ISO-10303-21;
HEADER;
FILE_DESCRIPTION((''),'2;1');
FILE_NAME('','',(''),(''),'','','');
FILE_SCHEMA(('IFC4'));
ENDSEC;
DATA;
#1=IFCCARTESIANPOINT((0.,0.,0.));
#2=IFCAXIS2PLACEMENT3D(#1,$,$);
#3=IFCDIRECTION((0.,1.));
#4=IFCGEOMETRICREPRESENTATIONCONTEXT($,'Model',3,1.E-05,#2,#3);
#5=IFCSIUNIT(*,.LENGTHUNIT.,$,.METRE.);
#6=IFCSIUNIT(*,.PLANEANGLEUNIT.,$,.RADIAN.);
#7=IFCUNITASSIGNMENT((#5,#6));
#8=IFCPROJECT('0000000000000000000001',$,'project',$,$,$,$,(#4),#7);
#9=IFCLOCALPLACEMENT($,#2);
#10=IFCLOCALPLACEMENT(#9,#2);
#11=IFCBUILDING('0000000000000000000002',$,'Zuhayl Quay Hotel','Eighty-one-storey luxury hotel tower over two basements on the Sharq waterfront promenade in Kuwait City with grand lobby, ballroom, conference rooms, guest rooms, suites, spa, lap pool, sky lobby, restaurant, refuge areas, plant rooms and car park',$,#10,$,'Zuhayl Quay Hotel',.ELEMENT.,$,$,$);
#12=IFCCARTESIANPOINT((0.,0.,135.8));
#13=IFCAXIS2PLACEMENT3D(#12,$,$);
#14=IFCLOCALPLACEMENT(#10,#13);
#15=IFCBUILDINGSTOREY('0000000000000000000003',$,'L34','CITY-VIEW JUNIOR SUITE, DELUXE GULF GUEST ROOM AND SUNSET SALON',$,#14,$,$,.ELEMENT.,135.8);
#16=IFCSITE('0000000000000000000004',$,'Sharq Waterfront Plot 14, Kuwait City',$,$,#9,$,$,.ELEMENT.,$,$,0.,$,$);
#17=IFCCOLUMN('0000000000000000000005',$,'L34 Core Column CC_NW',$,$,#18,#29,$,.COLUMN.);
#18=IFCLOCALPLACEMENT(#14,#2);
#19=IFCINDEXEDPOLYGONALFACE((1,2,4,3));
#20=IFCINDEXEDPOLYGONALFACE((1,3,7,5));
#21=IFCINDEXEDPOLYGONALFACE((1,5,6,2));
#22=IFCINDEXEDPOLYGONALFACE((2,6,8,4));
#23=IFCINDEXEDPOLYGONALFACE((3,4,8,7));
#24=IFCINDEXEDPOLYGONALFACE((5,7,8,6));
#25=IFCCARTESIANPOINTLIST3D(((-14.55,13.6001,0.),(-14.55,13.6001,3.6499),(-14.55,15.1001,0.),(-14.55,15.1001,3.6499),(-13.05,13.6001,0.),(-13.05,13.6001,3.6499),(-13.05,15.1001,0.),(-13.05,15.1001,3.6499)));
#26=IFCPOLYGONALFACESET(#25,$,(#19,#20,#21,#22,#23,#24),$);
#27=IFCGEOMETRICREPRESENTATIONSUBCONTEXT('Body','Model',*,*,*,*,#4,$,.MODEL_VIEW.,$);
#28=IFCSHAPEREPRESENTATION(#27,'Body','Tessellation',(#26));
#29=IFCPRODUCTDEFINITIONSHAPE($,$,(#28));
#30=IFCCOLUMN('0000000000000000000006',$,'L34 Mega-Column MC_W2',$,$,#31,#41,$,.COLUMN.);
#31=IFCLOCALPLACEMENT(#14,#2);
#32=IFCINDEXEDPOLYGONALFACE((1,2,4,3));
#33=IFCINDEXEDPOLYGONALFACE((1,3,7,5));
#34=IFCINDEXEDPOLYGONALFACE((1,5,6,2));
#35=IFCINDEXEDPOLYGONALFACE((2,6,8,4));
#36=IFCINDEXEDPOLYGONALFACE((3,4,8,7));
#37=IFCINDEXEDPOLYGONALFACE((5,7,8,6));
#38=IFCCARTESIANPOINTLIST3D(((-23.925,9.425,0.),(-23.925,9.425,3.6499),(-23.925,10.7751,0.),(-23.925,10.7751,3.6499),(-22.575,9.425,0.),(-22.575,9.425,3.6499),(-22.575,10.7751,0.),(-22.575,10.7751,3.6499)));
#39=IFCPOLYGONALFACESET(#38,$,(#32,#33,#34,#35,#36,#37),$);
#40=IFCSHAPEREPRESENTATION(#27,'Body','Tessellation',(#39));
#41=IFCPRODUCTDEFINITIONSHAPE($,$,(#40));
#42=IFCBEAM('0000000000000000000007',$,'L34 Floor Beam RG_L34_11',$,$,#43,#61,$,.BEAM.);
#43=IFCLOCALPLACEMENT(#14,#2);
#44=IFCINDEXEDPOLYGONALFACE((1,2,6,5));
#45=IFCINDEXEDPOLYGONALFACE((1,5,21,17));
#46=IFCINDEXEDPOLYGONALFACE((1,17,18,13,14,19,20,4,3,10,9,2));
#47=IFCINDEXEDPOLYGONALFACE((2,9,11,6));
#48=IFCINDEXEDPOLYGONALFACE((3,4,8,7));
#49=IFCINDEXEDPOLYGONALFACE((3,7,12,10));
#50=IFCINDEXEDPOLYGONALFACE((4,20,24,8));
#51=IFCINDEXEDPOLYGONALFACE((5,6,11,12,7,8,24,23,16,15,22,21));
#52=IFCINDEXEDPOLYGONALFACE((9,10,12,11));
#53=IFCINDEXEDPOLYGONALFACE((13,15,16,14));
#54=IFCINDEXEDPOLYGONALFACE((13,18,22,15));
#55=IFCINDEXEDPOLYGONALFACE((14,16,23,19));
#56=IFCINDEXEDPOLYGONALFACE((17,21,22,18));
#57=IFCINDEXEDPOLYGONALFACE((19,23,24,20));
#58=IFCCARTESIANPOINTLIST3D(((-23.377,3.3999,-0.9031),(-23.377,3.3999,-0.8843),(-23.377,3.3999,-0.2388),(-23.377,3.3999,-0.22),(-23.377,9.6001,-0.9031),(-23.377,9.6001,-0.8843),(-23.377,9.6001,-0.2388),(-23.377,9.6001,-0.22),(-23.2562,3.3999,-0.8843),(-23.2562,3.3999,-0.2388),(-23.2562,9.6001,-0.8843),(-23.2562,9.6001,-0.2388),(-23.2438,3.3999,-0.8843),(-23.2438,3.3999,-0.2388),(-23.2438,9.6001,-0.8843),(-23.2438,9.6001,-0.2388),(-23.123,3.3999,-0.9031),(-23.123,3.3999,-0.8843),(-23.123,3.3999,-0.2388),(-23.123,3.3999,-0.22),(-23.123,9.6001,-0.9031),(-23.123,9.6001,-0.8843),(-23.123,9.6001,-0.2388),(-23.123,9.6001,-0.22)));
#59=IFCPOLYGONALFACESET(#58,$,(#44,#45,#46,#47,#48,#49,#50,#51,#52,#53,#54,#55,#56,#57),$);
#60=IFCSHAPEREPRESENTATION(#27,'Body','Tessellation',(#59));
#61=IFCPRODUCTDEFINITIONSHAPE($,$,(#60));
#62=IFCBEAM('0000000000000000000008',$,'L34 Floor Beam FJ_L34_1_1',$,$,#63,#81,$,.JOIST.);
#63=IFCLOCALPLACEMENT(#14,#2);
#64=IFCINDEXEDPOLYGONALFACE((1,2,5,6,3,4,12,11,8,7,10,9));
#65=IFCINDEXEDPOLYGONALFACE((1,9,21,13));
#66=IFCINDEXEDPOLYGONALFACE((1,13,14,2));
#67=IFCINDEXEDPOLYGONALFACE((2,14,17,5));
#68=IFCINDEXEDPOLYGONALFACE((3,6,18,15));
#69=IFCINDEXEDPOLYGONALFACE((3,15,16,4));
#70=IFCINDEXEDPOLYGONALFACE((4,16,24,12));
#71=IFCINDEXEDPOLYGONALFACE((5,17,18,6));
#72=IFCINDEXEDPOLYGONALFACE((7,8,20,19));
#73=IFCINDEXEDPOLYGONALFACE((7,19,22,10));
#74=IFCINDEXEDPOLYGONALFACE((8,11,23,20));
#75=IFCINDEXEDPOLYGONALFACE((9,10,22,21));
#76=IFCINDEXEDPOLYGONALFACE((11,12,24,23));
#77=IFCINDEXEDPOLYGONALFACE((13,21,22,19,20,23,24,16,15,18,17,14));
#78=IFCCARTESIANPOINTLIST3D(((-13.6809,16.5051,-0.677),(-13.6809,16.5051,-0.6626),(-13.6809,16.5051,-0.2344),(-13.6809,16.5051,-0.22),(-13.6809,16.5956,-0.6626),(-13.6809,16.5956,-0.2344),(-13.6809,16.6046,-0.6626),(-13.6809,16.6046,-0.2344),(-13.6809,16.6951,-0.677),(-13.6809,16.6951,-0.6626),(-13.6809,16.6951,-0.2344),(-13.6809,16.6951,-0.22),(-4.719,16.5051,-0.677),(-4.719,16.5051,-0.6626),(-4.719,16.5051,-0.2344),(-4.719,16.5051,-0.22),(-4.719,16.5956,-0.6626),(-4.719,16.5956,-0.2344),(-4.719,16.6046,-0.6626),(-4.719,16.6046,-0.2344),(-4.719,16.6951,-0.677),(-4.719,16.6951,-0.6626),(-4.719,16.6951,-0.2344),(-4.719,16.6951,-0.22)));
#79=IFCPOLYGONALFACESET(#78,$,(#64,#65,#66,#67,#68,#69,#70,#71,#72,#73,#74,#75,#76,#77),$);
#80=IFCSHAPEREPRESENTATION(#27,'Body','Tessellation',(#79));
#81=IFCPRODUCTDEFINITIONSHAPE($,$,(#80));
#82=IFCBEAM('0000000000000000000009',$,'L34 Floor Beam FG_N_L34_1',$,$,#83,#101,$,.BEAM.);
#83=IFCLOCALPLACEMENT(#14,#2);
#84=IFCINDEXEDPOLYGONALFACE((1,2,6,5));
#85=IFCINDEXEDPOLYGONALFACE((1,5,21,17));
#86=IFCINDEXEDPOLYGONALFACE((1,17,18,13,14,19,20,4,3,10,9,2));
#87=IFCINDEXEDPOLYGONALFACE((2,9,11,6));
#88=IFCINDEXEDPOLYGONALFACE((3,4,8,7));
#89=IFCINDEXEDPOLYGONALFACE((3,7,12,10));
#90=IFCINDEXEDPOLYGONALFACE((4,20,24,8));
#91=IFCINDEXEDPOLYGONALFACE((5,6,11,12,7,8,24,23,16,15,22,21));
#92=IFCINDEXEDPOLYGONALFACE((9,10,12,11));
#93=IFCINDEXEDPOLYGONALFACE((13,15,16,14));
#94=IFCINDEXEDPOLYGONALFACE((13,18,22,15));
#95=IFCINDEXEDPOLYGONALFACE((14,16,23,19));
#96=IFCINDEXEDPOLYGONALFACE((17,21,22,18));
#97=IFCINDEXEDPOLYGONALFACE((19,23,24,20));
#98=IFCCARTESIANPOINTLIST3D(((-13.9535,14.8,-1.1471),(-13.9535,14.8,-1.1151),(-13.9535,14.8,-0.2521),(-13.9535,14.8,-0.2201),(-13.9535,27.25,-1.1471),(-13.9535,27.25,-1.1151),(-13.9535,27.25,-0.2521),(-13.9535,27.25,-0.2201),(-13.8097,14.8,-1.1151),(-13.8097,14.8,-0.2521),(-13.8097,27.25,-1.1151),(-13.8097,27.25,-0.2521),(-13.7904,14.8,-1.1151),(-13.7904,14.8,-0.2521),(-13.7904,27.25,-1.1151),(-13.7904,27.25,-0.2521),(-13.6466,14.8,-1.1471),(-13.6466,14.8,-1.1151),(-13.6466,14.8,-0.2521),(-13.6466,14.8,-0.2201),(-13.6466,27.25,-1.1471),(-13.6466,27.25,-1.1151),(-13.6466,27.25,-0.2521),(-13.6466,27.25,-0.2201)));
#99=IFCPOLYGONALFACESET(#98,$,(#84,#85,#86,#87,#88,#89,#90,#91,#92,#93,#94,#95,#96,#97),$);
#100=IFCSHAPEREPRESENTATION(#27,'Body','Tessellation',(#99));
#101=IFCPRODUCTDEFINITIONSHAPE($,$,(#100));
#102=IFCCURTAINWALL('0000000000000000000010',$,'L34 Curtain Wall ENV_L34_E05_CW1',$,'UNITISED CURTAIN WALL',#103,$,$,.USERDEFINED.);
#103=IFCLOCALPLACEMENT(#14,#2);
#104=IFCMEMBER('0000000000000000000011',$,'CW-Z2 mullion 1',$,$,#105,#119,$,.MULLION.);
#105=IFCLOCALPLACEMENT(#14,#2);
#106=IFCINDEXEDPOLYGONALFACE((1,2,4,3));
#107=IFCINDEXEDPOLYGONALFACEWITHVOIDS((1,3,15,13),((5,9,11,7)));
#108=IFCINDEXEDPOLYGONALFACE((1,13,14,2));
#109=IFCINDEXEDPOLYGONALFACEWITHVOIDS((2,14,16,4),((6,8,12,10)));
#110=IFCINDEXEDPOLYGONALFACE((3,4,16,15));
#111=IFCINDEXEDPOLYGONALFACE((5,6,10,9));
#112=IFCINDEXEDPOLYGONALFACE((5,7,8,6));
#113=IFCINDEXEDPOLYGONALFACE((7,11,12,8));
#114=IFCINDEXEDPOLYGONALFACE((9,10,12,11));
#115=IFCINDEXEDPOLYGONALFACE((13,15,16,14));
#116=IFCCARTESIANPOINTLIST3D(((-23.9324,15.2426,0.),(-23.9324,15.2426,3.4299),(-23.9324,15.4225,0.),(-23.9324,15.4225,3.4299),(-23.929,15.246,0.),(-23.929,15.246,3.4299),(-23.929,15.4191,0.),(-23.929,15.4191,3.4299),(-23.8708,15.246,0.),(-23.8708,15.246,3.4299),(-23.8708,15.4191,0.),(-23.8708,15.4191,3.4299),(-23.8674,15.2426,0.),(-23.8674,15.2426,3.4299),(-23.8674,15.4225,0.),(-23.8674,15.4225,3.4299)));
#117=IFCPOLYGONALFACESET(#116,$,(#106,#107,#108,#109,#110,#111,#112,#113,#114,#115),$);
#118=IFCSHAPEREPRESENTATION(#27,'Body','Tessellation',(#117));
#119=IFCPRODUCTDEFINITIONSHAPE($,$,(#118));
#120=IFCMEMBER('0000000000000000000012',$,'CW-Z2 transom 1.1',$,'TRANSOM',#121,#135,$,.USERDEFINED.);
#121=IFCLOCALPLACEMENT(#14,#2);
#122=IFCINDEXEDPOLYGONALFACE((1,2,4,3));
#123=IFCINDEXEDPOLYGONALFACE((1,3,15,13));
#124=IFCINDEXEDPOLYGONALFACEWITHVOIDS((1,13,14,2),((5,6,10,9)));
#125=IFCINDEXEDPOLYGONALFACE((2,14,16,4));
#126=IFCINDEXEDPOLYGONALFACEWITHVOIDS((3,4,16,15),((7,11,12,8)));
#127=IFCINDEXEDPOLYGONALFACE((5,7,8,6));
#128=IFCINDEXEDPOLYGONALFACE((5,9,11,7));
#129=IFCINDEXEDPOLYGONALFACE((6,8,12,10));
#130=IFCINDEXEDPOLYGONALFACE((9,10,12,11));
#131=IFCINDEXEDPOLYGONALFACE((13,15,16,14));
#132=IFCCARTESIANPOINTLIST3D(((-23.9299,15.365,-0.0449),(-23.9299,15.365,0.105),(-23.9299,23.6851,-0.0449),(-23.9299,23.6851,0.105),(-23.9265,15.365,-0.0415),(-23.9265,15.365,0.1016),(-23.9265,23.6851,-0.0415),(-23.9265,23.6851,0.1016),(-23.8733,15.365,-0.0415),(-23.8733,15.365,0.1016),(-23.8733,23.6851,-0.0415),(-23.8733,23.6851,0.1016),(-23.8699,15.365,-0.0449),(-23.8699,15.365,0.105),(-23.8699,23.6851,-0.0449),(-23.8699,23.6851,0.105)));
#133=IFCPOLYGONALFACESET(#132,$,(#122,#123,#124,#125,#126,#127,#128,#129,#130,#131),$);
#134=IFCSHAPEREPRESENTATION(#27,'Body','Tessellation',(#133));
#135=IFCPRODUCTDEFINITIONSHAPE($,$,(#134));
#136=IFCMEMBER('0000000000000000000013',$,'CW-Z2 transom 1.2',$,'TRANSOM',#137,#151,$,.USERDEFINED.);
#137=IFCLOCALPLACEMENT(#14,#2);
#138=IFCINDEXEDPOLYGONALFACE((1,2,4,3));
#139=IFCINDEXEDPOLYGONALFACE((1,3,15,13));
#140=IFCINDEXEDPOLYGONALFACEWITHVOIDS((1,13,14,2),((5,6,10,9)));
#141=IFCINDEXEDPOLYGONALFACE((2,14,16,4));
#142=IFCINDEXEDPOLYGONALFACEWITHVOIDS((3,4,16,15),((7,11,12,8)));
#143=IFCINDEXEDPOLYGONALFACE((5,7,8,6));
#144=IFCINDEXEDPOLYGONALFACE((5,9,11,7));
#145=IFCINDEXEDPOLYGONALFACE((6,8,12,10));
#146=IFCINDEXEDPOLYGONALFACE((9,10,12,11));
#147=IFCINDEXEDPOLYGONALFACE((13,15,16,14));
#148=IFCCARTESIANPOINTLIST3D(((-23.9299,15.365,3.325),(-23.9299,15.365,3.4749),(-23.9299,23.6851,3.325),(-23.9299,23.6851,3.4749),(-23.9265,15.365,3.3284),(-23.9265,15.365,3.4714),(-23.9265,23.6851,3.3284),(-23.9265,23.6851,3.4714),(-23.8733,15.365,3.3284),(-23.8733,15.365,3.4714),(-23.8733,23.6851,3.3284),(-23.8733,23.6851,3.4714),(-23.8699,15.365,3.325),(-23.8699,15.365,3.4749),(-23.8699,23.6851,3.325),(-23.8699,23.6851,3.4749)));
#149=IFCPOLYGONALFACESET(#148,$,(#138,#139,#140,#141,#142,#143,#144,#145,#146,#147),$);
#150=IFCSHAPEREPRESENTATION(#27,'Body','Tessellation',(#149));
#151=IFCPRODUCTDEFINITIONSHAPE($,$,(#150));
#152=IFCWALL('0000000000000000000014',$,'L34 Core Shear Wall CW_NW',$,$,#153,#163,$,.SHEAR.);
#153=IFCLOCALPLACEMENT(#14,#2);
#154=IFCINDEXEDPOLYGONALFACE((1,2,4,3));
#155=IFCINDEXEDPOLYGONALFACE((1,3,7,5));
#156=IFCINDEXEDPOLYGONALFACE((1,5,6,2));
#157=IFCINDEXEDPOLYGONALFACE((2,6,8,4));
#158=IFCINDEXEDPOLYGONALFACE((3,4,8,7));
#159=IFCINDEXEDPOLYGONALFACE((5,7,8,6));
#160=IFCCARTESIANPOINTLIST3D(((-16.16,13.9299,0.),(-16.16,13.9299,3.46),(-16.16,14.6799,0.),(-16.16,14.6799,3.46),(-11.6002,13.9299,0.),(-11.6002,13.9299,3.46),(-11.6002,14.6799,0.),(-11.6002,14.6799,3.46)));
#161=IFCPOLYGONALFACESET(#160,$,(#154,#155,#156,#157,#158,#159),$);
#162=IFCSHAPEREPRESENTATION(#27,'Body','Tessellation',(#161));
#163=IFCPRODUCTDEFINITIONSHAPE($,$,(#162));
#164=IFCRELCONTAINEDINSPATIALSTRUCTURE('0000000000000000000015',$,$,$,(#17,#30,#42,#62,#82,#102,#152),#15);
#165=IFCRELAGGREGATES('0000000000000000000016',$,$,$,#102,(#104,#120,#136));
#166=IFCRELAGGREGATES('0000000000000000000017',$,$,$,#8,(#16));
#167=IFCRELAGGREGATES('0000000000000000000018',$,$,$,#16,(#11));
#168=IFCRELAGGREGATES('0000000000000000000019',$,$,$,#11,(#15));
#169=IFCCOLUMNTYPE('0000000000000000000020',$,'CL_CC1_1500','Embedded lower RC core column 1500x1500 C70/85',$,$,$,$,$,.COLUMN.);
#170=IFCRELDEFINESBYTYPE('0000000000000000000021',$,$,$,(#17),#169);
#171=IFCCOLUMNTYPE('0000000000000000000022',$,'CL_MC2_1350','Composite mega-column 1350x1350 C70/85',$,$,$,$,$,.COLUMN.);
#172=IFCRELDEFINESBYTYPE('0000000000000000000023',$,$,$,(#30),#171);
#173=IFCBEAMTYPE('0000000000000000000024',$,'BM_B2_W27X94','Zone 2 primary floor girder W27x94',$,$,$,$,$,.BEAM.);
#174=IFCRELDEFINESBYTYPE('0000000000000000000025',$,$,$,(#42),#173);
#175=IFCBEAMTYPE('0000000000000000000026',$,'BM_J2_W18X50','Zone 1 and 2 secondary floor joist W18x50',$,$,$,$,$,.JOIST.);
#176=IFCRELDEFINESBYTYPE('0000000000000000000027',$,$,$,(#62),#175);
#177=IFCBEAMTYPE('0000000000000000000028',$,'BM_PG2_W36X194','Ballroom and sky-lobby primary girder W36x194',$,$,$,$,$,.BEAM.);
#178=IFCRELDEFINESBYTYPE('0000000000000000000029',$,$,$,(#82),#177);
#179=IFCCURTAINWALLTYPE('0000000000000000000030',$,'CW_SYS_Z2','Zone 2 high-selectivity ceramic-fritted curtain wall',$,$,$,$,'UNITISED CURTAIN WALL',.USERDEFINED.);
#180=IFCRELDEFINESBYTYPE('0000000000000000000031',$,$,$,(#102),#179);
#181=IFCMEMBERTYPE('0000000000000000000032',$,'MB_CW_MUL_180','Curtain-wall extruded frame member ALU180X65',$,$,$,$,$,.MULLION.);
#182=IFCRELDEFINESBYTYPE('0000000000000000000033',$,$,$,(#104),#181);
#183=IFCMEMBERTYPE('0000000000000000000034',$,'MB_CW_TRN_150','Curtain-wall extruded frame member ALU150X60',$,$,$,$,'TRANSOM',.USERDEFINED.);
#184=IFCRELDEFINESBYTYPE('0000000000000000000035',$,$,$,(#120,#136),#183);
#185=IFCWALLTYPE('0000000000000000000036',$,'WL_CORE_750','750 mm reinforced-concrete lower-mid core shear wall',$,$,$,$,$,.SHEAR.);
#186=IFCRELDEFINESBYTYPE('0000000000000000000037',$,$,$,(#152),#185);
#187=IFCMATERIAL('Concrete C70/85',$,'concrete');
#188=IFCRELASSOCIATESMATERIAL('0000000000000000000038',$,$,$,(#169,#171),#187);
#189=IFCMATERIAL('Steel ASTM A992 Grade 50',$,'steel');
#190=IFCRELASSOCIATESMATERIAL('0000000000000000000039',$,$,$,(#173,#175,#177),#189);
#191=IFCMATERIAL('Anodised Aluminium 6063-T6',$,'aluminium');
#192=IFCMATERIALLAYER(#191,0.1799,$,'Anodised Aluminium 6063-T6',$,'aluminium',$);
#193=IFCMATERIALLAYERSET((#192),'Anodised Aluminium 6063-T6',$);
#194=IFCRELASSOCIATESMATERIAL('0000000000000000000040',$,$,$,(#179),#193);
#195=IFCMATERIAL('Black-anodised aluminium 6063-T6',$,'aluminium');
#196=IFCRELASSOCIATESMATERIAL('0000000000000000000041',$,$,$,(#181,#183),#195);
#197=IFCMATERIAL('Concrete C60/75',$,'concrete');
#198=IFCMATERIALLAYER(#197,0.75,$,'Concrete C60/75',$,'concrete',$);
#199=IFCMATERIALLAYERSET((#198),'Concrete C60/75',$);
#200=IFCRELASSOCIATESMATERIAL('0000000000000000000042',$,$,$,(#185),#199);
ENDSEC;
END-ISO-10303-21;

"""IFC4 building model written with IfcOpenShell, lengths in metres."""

from ifc_helpers import new_model, si_unit, direction, frame, frame_2d, origin, origin_2d, place, context, subcontext, project, spatial, rectangle, hollow_rectangle, i_section, extrude, material, layer, layer_set, material_profile, profile_set, type_object, element, aggregate, save


model = new_model("IFC4")

# Units and contexts
model_context = context("Model", 3, precision=1e-05, world=origin(), true_north=direction((0.0, 1.0)))
body_context = subcontext(model_context, "Body", "Model", "MODEL_VIEW")
ifc_project = project(units=[si_unit("LENGTHUNIT", "METRE"), si_unit("PLANEANGLEUNIT", "RADIAN")], contexts=[model_context])

# Site, building, storey
site_placement = place(None, origin())
site = spatial("IfcSite", under=ifc_project, at=site_placement, Name="Sharq Waterfront Plot 14, Kuwait City", CompositionType="ELEMENT", RefElevation=0.0)
building_placement = place(site_placement, origin())
building = spatial("IfcBuilding", under=site, at=building_placement, Name="Zuhayl Quay Hotel", Description="Eighty-one-storey luxury hotel tower over two basements on the Sharq waterfront promenade in Kuwait City with grand lobby, ballroom, conference rooms, guest rooms, suites, spa, lap pool, sky lobby, restaurant, refuge areas, plant rooms and car park", LongName="Zuhayl Quay Hotel", CompositionType="ELEMENT")
storey_placement = place(building_placement, frame((0.0, 0.0, 135.8)))
storey = spatial("IfcBuildingStorey", under=building, at=storey_placement, Name="L34", Description="CITY-VIEW JUNIOR SUITE, DELUXE GULF GUEST ROOM AND SUNSET SALON", CompositionType="ELEMENT", Elevation=135.8)

# Columns
ifc_material_1 = material(Name="Concrete C70/85", Category="concrete")
ifc_material_profile_1 = material_profile(ifc_material_1, rectangle(XDim=1.5, YDim=1.5, at=origin_2d()), Name="RC1500X1500")
ifc_profile_set_1 = profile_set([ifc_material_profile_1], Name="Concrete C70/85")
column_type_1 = type_object("IfcColumnType", Name="CL_CC1_1500", Description="Embedded lower RC core column 1500x1500 C70/85", PredefinedType="COLUMN", material=ifc_profile_set_1)
column_1_placement = place(storey_placement, frame((-13.8, 14.3501, 0.0), z_axis=(0.0, 0.0, 1.0), x_axis=(1.0, 0.0, 0.0)))
element("IfcColumn", 1, at=column_1_placement, inside=storey, type_object=column_type_1, Name="L34 Core Column CC_NW", PredefinedType="COLUMN", context=body_context, shape_type="SweptSolid", body=[
    extrude(rectangle(XDim=1.5, YDim=1.5, at=origin_2d()), origin(), (0.0, 0.0, 1.0), 3.6499),
])
ifc_material_profile_2 = material_profile(ifc_material_1, rectangle(XDim=1.3501, YDim=1.3501, at=origin_2d()), Name="RC1350X1350")
ifc_profile_set_2 = profile_set([ifc_material_profile_2], Name="Concrete C70/85")
column_type_2 = type_object("IfcColumnType", Name="CL_MC2_1350", Description="Composite mega-column 1350x1350 C70/85", PredefinedType="COLUMN", material=ifc_profile_set_2)
column_2_placement = place(storey_placement, frame((-23.25, 10.1001, 0.0), z_axis=(0.0, 0.0, 1.0), x_axis=(1.0, 0.0, 0.0)))
element("IfcColumn", 2, at=column_2_placement, inside=storey, type_object=column_type_2, Name="L34 Mega-Column MC_W2", PredefinedType="COLUMN", context=body_context, shape_type="SweptSolid", body=[
    extrude(rectangle(XDim=1.3501, YDim=1.3501, at=origin_2d()), origin(), (0.0, 0.0, 1.0), 3.6499),
])

# Beams
ifc_material_2 = material(Name="Steel ASTM A992 Grade 50", Category="steel")
ifc_material_profile_3 = material_profile(ifc_material_2, i_section(OverallWidth=0.2539, OverallDepth=0.6831, WebThickness=0.0125, FlangeThickness=0.0188, at=origin_2d()), Name="W27X94")
ifc_profile_set_3 = profile_set([ifc_material_profile_3], Name="Steel ASTM A992 Grade 50")
beam_type_1 = type_object("IfcBeamType", Name="BM_B2_W27X94", Description="Zone 2 primary floor girder W27x94", PredefinedType="BEAM", material=ifc_profile_set_3)
beam_1_placement = place(storey_placement, frame((-23.25, 9.6001, -0.5615), z_axis=(0.0, -1.0, 0.0), x_axis=(1.0, 0.0, 0.0)))
element("IfcBeam", 3, at=beam_1_placement, inside=storey, type_object=beam_type_1, Name="L34 Floor Beam RG_L34_11", PredefinedType="BEAM", context=body_context, shape_type="SweptSolid", body=[
    extrude(i_section(OverallWidth=0.2539, OverallDepth=0.6831, WebThickness=0.0125, FlangeThickness=0.0188, at=origin_2d()), origin(), (0.0, 0.0, 1.0), 6.2002),
])
ifc_material_profile_4 = material_profile(ifc_material_2, i_section(OverallWidth=0.1899, OverallDepth=0.457, WebThickness=0.009, FlangeThickness=0.0144, at=origin_2d()), Name="W18X50")
ifc_profile_set_4 = profile_set([ifc_material_profile_4], Name="Steel ASTM A992 Grade 50")
beam_type_2 = type_object("IfcBeamType", Name="BM_J2_W18X50", Description="Zone 1 and 2 secondary floor joist W18x50", PredefinedType="JOIST", material=ifc_profile_set_4)
beam_2_placement = place(storey_placement, frame((-13.6809, 16.6001, -0.4485), z_axis=(1.0, 0.0, 0.0), x_axis=(0.0, 1.0, 0.0)))
element("IfcBeam", 4, at=beam_2_placement, inside=storey, type_object=beam_type_2, Name="L34 Floor Beam FJ_L34_1_1", PredefinedType="JOIST", context=body_context, shape_type="SweptSolid", body=[
    extrude(i_section(OverallWidth=0.1899, OverallDepth=0.457, WebThickness=0.009, FlangeThickness=0.0144, at=origin_2d()), origin(), (0.0, 0.0, 1.0), 8.9619),
])
ifc_material_profile_5 = material_profile(ifc_material_2, i_section(OverallWidth=0.3069, OverallDepth=0.927, WebThickness=0.0193, FlangeThickness=0.032, at=origin_2d()), Name="W36X194")
ifc_profile_set_5 = profile_set([ifc_material_profile_5], Name="Steel ASTM A992 Grade 50")
beam_type_3 = type_object("IfcBeamType", Name="BM_PG2_W36X194", Description="Ballroom and sky-lobby primary girder W36x194", PredefinedType="BEAM", material=ifc_profile_set_5)
beam_3_placement = place(storey_placement, frame((-13.8, 14.8, -0.6836), z_axis=(0.0, 1.0, 0.0), x_axis=(-1.0, 0.0, 0.0)))
element("IfcBeam", 5, at=beam_3_placement, inside=storey, type_object=beam_type_3, Name="L34 Floor Beam FG_N_L34_1", PredefinedType="BEAM", context=body_context, shape_type="SweptSolid", body=[
    extrude(i_section(OverallWidth=0.3069, OverallDepth=0.927, WebThickness=0.0193, FlangeThickness=0.032, at=origin_2d()), origin(), (0.0, 0.0, 1.0), 12.45),
])

# Curtain wall, members
ifc_material_3 = material(Name="Anodised Aluminium 6063-T6", Category="aluminium")
ifc_layer_1 = layer(ifc_material_3, 0.1799, Name="Anodised Aluminium 6063-T6", Category="aluminium")
ifc_layer_set_1 = layer_set([ifc_layer_1], Name="Anodised Aluminium 6063-T6")
curtain_wall_type = type_object("IfcCurtainWallType", Name="CW_SYS_Z2", Description="Zone 2 high-selectivity ceramic-fritted curtain wall", ElementType="UNITISED CURTAIN WALL", PredefinedType="USERDEFINED", material=ifc_layer_set_1)
curtain_wall_placement = place(storey_placement, origin())
curtain_wall = element("IfcCurtainWall", 6, at=curtain_wall_placement, inside=storey, type_object=curtain_wall_type, Name="L34 Curtain Wall ENV_L34_E05_CW1", ObjectType="UNITISED CURTAIN WALL", PredefinedType="USERDEFINED")
ifc_material_4 = material(Name="Black-anodised aluminium 6063-T6", Category="aluminium")
ifc_material_profile_6 = material_profile(ifc_material_4, hollow_rectangle(XDim=0.0649, YDim=0.1799, WallThickness=0.0034, at=origin_2d()), Name="ALU180X65")
ifc_profile_set_6 = profile_set([ifc_material_profile_6], Name="Black-anodised aluminium 6063-T6")
member_type_1 = type_object("IfcMemberType", Name="MB_CW_MUL_180", Description="Curtain-wall extruded frame member ALU180X65", PredefinedType="MULLION", material=ifc_profile_set_6)
member_1_placement = place(storey_placement, frame((-23.8999, 15.3325, 0.0), z_axis=(0.0, 0.0, 1.0), x_axis=(-1.0, 0.0, 0.0)))
member_1 = element("IfcMember", 7, at=member_1_placement, type_object=member_type_1, Name="CW-Z2 mullion 1", PredefinedType="MULLION", context=body_context, shape_type="SweptSolid", body=[
    extrude(hollow_rectangle(XDim=0.0649, YDim=0.1799, WallThickness=0.0034, at=origin_2d()), origin(), (0.0, 0.0, 1.0), 3.4299),
])
ifc_material_profile_7 = material_profile(ifc_material_4, hollow_rectangle(XDim=0.0601, YDim=0.1499, WallThickness=0.0034, at=origin_2d()), Name="ALU150X60")
ifc_profile_set_7 = profile_set([ifc_material_profile_7], Name="Black-anodised aluminium 6063-T6")
member_type_2 = type_object("IfcMemberType", Name="MB_CW_TRN_150", Description="Curtain-wall extruded frame member ALU150X60", ElementType="TRANSOM", PredefinedType="USERDEFINED", material=ifc_profile_set_7)
member_2_placement = place(storey_placement, frame((-23.8999, 15.365, 0.03), z_axis=(0.0, 1.0, 0.0), x_axis=(-1.0, 0.0, 0.0)))
member_2 = element("IfcMember", 8, at=member_2_placement, type_object=member_type_2, Name="CW-Z2 transom 1.1", ObjectType="TRANSOM", PredefinedType="USERDEFINED", context=body_context, shape_type="SweptSolid", body=[
    extrude(hollow_rectangle(XDim=0.0601, YDim=0.1499, WallThickness=0.0034, at=origin_2d()), origin(), (0.0, 0.0, 1.0), 8.3201),
])
member_3_placement = place(storey_placement, frame((-23.8999, 15.365, 3.3999), z_axis=(0.0, 1.0, 0.0), x_axis=(-1.0, 0.0, 0.0)))
member_3 = element("IfcMember", 9, at=member_3_placement, type_object=member_type_2, Name="CW-Z2 transom 1.2", ObjectType="TRANSOM", PredefinedType="USERDEFINED", context=body_context, shape_type="SweptSolid", body=[
    extrude(hollow_rectangle(XDim=0.0601, YDim=0.1499, WallThickness=0.0034, at=origin_2d()), origin(), (0.0, 0.0, 1.0), 8.3201),
])
aggregate(curtain_wall, [member_1, member_2, member_3])

# Wall
ifc_material_5 = material(Name="Concrete C60/75", Category="concrete")
ifc_layer_2 = layer(ifc_material_5, 0.75, Name="Concrete C60/75", Category="concrete")
ifc_layer_set_2 = layer_set([ifc_layer_2], Name="Concrete C60/75")
wall_type_1 = type_object("IfcWallType", Name="WL_CORE_750", Description="750 mm reinforced-concrete lower-mid core shear wall", PredefinedType="SHEAR", material=ifc_layer_set_2)
wall_1_placement = place(storey_placement, frame((-16.1599, 14.3049, 0.0), z_axis=(0.0, 0.0, 1.0), x_axis=(1.0, 0.0, 0.0)))
element("IfcWall", 10, at=wall_1_placement, inside=storey, type_object=wall_type_1, Name="L34 Core Shear Wall CW_NW", PredefinedType="SHEAR", context=body_context, shape_type="SweptSolid", body=[
    extrude(rectangle(XDim=4.5598, YDim=0.75, at=frame_2d((2.2798, 0.0))), origin(), (0.0, 0.0, 1.0), 3.46),
])

save(model, "model.ifc")
